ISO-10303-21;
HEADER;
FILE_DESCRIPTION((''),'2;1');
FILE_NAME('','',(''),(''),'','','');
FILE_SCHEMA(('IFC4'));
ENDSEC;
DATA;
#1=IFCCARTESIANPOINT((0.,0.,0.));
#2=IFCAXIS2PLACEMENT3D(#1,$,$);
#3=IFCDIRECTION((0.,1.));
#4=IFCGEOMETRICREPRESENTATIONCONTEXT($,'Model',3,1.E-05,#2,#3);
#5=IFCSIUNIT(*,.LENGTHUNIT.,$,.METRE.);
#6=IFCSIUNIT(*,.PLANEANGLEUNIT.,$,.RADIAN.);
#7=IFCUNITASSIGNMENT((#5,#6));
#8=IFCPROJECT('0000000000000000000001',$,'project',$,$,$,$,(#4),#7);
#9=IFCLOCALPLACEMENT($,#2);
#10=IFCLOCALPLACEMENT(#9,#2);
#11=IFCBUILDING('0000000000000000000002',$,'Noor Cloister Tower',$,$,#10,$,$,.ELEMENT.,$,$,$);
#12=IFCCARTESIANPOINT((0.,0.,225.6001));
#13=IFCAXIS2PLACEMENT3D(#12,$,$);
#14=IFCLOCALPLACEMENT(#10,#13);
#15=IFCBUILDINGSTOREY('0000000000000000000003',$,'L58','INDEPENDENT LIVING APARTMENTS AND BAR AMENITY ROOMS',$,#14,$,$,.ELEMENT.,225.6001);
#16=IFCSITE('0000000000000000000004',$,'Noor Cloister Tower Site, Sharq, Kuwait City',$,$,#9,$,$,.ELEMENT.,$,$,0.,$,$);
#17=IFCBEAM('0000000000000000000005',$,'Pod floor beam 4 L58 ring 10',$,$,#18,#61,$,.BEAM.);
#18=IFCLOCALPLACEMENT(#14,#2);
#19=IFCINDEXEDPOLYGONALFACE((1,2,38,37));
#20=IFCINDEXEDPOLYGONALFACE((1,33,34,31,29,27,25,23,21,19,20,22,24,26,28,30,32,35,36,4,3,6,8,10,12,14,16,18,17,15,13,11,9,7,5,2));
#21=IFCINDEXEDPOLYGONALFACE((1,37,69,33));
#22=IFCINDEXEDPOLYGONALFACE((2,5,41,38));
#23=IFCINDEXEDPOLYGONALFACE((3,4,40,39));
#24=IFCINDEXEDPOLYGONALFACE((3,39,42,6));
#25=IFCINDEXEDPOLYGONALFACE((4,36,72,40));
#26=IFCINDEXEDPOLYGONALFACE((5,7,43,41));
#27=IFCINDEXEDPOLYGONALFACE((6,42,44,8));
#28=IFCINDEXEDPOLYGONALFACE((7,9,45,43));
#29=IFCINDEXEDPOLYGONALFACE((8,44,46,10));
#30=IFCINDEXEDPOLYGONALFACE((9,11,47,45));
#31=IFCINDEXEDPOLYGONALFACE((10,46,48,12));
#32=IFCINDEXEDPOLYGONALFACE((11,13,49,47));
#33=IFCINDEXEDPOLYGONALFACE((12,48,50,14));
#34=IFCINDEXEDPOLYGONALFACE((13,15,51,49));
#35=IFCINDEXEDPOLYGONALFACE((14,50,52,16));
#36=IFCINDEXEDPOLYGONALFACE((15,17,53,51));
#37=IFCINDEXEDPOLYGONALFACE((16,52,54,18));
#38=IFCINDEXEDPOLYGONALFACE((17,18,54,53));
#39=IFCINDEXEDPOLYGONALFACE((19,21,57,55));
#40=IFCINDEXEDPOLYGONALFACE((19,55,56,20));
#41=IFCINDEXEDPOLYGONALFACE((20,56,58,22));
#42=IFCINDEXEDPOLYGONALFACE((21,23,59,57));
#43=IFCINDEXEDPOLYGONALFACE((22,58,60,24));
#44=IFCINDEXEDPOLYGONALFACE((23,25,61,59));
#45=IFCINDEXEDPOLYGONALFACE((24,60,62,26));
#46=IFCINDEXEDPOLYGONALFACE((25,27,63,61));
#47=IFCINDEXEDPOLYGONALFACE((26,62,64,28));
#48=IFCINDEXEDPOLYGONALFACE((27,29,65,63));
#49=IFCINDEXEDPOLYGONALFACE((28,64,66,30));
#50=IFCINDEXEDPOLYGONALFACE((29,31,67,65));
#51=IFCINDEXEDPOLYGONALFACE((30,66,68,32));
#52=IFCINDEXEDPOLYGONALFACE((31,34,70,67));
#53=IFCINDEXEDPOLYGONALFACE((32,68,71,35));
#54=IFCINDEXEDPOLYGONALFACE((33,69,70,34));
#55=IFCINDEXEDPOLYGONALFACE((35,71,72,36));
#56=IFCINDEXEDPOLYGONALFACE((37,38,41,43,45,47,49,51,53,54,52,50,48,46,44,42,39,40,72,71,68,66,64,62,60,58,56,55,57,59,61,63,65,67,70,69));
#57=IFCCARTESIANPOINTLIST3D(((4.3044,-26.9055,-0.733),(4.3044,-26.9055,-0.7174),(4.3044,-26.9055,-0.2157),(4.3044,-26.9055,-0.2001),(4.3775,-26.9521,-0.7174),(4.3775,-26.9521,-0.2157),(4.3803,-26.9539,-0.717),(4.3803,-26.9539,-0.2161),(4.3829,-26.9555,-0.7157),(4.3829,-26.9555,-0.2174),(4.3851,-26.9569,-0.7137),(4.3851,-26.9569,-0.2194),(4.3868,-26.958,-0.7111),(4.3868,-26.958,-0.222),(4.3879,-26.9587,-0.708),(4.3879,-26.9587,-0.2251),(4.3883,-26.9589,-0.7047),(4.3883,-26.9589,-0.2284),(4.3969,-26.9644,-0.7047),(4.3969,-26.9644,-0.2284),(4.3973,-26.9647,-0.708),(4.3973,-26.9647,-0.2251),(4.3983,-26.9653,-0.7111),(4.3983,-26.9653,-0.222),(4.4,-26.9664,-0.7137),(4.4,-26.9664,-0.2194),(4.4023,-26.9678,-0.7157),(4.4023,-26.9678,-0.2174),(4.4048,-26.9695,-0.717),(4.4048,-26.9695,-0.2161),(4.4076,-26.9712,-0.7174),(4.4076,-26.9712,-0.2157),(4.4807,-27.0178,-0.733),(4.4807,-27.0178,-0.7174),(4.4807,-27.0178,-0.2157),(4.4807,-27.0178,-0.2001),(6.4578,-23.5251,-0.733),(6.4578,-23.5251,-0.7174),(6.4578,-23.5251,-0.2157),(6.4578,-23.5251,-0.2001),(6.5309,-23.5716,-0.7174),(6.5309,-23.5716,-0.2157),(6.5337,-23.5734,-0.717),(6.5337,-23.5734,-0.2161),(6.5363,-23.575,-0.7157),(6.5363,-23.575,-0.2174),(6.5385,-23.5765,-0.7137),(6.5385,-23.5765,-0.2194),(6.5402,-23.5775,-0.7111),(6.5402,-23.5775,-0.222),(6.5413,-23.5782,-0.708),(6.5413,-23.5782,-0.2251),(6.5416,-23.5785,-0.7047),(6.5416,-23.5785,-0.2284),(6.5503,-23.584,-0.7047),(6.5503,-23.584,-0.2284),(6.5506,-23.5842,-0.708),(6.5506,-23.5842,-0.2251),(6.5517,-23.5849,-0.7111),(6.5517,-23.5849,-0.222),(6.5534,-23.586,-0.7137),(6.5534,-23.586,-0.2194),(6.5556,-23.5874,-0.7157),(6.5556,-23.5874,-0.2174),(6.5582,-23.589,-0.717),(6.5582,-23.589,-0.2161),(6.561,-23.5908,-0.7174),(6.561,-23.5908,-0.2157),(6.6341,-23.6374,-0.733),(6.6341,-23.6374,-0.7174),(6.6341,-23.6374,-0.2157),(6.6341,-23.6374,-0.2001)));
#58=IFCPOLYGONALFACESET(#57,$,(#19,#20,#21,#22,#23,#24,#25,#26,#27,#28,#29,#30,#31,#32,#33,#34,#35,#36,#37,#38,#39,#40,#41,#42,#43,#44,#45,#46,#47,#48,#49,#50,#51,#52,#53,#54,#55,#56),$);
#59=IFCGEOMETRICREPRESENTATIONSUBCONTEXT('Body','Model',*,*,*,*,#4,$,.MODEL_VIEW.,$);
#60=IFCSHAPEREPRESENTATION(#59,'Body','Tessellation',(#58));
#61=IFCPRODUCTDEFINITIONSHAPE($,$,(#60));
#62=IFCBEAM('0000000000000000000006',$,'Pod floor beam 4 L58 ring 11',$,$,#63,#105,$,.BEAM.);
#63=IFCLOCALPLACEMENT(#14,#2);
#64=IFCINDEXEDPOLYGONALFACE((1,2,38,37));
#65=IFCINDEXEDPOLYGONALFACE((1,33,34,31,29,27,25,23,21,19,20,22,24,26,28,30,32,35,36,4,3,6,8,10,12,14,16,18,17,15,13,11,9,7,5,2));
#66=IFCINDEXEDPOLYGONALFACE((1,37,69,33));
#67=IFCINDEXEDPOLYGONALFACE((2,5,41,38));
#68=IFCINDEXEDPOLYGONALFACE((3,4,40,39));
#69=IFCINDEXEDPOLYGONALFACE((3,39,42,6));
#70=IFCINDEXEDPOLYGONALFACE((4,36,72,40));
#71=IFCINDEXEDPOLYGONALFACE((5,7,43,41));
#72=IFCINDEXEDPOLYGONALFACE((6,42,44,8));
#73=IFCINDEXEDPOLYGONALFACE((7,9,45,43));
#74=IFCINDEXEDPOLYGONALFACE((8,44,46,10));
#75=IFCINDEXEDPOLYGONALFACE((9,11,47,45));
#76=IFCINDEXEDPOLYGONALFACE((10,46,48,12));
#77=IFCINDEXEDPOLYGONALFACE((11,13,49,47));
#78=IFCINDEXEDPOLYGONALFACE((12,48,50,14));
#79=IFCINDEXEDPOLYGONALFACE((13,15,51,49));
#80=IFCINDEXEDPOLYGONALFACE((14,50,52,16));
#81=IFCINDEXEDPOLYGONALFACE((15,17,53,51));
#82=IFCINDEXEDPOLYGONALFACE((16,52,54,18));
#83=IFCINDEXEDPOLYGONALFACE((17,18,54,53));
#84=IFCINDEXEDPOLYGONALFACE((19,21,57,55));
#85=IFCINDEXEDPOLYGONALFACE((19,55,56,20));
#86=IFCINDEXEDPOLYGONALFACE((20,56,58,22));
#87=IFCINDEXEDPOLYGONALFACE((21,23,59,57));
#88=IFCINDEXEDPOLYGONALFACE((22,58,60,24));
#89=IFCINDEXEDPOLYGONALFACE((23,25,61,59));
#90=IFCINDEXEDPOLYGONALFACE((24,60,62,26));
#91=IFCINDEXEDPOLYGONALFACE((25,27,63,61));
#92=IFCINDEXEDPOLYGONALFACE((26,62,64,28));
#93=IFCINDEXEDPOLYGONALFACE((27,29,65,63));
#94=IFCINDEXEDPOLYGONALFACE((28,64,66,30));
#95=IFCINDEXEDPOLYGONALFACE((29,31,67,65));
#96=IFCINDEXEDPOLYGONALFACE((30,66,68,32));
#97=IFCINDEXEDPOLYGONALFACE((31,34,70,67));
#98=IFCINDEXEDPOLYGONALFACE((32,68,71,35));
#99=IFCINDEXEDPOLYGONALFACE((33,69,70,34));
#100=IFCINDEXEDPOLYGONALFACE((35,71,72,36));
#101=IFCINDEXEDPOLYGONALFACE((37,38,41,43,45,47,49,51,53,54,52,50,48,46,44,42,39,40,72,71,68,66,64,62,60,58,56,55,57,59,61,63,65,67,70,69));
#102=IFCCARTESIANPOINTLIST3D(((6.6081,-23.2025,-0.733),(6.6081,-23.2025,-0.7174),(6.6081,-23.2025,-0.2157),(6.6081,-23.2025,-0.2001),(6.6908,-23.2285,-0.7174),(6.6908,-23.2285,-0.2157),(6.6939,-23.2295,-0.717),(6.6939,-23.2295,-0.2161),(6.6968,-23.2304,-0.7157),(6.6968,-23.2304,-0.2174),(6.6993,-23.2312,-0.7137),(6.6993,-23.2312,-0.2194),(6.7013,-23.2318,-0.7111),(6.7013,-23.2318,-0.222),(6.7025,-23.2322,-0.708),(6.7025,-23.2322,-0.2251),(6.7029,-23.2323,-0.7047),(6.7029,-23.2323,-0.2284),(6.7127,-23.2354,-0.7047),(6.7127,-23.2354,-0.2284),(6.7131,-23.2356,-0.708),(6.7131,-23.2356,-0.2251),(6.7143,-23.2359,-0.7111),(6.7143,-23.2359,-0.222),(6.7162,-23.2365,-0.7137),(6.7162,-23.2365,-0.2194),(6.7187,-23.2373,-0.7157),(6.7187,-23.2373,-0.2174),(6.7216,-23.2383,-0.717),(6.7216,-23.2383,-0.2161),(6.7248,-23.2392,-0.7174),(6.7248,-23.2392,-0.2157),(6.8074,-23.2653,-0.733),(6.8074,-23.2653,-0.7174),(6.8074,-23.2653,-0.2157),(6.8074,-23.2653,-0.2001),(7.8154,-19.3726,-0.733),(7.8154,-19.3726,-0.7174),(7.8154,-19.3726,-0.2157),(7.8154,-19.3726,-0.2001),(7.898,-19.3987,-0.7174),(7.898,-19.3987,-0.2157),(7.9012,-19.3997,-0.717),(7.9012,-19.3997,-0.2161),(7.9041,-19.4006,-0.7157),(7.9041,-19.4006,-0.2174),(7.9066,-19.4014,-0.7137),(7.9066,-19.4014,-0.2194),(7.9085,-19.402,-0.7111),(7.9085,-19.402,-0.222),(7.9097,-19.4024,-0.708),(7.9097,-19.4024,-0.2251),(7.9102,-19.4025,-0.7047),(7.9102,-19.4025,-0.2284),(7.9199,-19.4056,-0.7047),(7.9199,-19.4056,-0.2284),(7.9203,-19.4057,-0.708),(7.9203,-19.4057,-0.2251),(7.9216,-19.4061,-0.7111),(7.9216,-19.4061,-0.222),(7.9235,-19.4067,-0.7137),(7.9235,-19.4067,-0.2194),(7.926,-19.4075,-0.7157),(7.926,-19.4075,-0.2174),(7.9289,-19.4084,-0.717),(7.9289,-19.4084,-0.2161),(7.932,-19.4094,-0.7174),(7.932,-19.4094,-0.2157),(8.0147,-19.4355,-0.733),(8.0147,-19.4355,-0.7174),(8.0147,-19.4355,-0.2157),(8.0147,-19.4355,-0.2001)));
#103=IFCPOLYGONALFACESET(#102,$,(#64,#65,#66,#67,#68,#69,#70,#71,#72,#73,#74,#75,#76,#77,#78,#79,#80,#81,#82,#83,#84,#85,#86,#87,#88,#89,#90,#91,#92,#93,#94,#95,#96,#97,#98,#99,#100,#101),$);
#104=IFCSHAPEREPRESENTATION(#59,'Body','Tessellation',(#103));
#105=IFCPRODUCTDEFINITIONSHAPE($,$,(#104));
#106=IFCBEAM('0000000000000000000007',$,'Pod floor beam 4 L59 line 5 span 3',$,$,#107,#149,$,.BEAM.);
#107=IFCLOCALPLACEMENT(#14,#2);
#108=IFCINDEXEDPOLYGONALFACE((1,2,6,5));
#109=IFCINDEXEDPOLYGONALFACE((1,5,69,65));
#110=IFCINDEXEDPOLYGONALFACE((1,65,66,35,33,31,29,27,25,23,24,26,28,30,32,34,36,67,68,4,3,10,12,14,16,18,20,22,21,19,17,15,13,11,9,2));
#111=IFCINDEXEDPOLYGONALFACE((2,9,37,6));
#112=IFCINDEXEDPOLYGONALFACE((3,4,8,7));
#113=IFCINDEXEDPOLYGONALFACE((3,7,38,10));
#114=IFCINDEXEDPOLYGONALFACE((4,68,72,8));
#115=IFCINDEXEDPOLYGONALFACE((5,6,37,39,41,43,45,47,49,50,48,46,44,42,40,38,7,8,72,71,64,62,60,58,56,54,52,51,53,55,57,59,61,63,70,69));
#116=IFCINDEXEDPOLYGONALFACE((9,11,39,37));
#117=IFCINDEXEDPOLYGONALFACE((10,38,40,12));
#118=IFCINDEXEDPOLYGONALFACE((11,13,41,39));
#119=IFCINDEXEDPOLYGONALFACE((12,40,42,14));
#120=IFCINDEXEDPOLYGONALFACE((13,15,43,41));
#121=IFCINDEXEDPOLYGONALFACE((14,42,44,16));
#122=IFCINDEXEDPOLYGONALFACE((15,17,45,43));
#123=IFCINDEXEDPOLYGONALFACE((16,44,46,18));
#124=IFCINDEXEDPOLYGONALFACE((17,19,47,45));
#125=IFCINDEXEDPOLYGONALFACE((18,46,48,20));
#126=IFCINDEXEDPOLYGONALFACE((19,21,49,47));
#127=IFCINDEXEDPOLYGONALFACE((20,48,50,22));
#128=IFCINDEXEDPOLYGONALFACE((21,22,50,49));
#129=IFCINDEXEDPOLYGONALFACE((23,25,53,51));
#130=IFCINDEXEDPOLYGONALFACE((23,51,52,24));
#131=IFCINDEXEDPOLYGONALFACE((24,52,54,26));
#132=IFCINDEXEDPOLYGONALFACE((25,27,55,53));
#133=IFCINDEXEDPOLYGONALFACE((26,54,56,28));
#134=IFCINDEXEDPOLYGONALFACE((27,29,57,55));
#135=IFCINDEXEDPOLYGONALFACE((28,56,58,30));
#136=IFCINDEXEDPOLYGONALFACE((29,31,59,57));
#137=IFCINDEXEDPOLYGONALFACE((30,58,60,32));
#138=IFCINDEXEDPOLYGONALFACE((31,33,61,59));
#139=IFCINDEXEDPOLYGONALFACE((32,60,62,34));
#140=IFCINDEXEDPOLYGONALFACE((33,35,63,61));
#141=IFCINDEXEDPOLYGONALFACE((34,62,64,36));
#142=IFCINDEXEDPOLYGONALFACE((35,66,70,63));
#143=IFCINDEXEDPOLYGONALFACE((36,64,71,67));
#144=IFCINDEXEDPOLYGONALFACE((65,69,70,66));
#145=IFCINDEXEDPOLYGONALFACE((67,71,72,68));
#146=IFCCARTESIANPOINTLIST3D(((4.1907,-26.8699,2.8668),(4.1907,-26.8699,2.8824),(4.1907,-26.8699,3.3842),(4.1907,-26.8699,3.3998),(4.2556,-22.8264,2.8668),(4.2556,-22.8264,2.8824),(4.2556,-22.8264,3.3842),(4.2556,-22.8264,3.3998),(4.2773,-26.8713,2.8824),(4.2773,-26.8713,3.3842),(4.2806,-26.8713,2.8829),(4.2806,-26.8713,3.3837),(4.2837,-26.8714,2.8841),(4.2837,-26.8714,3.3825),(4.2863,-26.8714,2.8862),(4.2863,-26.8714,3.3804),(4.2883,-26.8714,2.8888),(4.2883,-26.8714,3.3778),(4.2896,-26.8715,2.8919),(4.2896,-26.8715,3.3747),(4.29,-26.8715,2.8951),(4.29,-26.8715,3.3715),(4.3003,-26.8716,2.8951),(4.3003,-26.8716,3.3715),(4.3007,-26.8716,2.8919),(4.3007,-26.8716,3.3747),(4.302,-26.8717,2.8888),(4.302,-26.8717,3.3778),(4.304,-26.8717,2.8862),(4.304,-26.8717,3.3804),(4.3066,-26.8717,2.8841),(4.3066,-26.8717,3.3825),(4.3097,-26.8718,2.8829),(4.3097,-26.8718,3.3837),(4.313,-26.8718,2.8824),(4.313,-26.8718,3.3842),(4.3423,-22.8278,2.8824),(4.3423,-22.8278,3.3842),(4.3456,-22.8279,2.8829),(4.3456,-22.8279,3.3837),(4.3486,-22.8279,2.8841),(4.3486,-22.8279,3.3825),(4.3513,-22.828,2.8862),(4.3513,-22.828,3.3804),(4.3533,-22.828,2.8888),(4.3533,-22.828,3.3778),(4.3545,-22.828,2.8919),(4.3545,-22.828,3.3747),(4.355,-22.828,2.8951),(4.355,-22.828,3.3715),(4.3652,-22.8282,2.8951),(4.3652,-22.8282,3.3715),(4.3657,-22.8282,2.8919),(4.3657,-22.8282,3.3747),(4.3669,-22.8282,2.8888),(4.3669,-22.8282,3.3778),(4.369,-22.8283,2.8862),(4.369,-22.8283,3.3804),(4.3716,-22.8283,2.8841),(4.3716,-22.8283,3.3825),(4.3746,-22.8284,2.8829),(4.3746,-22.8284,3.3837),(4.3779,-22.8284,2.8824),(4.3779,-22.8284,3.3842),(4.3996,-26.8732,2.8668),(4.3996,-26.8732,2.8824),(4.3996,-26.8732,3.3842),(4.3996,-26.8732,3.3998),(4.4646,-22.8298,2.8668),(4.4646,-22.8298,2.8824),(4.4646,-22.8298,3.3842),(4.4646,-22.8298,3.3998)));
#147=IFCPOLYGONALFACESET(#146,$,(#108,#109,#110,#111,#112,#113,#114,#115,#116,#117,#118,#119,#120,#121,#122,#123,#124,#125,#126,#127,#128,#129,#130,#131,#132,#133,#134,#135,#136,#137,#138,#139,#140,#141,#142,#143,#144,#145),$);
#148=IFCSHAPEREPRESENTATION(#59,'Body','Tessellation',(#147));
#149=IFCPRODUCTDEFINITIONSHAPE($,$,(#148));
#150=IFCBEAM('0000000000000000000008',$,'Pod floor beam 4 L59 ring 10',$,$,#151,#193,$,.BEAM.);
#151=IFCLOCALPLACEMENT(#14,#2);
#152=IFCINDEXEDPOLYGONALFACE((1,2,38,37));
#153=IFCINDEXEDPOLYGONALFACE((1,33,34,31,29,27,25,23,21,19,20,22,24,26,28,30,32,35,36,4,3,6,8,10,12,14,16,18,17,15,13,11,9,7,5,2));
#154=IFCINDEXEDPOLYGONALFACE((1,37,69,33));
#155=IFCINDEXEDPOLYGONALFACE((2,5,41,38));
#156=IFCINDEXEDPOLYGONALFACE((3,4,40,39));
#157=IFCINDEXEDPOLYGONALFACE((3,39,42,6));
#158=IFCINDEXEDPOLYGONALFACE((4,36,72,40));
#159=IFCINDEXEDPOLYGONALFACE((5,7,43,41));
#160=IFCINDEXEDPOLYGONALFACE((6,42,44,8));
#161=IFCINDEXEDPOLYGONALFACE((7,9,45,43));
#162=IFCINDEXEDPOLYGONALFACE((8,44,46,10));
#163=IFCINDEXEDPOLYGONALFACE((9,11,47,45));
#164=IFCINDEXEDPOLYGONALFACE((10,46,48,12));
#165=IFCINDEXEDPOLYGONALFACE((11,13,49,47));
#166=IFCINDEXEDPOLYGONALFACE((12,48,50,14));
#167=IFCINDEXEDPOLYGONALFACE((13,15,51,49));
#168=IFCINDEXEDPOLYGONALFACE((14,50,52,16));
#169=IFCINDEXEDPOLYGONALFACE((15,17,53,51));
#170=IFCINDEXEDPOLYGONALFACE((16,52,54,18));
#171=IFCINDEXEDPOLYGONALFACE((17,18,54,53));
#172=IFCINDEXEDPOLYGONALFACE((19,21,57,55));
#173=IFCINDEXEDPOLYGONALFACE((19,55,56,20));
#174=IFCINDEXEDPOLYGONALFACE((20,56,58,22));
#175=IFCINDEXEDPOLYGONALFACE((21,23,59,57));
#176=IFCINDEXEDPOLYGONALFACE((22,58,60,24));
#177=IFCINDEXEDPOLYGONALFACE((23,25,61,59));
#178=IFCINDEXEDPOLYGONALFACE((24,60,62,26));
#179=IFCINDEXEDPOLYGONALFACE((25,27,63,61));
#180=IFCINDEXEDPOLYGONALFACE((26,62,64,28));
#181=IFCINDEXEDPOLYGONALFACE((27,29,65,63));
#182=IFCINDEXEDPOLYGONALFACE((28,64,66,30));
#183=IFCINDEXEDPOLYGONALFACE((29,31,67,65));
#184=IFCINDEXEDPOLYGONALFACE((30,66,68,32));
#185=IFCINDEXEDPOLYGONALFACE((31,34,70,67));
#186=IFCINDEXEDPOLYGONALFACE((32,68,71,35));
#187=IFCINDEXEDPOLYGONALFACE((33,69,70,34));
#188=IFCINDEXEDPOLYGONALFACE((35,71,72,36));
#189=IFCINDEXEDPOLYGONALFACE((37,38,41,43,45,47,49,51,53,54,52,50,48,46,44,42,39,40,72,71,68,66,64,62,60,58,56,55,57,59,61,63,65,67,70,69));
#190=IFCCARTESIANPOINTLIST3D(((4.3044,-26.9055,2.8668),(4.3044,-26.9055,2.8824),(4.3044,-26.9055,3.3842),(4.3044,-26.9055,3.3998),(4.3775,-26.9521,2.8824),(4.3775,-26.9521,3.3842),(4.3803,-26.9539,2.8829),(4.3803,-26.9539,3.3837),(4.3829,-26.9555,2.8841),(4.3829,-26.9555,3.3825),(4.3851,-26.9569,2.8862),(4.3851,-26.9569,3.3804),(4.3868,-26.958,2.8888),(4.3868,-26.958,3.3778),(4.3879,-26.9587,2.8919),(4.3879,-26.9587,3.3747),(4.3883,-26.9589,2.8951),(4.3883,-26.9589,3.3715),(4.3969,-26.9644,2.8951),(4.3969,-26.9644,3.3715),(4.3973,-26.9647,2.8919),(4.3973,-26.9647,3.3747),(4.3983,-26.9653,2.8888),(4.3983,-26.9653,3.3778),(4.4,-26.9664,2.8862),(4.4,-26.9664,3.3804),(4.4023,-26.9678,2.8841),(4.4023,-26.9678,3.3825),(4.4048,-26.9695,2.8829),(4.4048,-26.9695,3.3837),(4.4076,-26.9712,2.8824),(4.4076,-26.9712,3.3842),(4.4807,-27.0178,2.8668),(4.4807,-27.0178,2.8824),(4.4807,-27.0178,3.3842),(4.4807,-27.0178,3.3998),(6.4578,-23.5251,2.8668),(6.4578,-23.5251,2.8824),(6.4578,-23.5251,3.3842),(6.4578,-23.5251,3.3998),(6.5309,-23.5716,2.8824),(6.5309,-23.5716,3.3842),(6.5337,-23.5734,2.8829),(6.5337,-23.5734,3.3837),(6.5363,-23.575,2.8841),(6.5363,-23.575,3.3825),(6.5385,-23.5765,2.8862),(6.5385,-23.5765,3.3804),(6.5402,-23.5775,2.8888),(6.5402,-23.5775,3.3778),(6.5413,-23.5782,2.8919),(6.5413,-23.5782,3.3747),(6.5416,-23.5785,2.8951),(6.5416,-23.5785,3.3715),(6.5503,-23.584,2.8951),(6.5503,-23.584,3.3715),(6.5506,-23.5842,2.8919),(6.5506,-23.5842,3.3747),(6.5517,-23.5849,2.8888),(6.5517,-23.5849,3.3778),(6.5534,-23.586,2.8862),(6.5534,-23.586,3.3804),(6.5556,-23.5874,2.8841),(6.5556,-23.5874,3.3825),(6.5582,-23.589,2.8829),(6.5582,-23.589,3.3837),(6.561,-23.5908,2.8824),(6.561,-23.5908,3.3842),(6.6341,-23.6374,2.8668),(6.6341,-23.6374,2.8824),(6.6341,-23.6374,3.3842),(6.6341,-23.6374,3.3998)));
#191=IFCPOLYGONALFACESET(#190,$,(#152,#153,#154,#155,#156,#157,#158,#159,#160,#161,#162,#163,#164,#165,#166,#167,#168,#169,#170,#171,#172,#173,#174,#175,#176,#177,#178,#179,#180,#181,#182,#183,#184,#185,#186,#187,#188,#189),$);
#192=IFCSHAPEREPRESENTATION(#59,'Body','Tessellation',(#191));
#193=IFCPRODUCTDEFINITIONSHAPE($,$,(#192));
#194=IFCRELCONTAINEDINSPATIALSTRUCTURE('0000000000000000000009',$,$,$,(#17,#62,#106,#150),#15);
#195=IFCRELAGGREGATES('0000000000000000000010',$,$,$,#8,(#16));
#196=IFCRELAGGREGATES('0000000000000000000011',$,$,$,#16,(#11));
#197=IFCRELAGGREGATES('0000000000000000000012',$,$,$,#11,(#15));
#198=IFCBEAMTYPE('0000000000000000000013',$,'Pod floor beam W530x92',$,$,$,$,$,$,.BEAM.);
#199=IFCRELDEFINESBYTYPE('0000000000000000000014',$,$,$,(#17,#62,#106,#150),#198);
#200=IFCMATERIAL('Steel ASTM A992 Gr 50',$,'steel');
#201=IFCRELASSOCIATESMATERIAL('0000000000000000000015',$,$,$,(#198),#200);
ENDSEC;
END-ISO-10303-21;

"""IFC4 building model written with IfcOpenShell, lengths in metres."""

from ifc_helpers import new_model, si_unit, direction, frame, origin, origin_2d, place, context, subcontext, project, spatial, i_section, extrude, material, material_profile, profile_set, type_object, element, save


model = new_model("IFC4")

# Units and contexts
model_context = context("Model", 3, precision=1e-05, world=origin(), true_north=direction((0.0, 1.0)))
body_context = subcontext(model_context, "Body", "Model", "MODEL_VIEW")
ifc_project = project(units=[si_unit("LENGTHUNIT", "METRE"), si_unit("PLANEANGLEUNIT", "RADIAN")], contexts=[model_context])

# Site, building, storey
site_placement = place(None, origin())
site = spatial("IfcSite", under=ifc_project, at=site_placement, Name="Noor Cloister Tower Site, Sharq, Kuwait City", CompositionType="ELEMENT", RefElevation=0.0)
building_placement = place(site_placement, origin())
building = spatial("IfcBuilding", under=site, at=building_placement, Name="Noor Cloister Tower", CompositionType="ELEMENT")
storey_placement = place(building_placement, frame((0.0, 0.0, 225.6001)))
storey = spatial("IfcBuildingStorey", under=building, at=storey_placement, Name="L58", Description="INDEPENDENT LIVING APARTMENTS AND BAR AMENITY ROOMS", CompositionType="ELEMENT", Elevation=225.6001)

# Beams
ifc_material_1 = material(Name="Steel ASTM A992 Gr 50", Category="steel")
ifc_material_profile_1 = material_profile(ifc_material_1, i_section(OverallWidth=0.209, OverallDepth=0.533, WebThickness=0.0103, FlangeThickness=0.0156, FilletRadius=0.0127, at=origin_2d()), Name="W530x92")
ifc_profile_set_1 = profile_set([ifc_material_profile_1], Name="Steel ASTM A992 Gr 50")
beam_type = type_object("IfcBeamType", Name="Pod floor beam W530x92", PredefinedType="BEAM", material=ifc_profile_set_1)
beam_1_placement = place(storey_placement, frame((4.3926, -26.9617, -0.4666), z_axis=(0.537262, 0.843416, 0.0), x_axis=(-0.843416, 0.537262, 0.0)))
element("IfcBeam", 1, at=beam_1_placement, inside=storey, type_object=beam_type, Name="Pod floor beam 4 L58 ring 10", PredefinedType="BEAM", context=body_context, shape_type="SweptSolid", body=[
    extrude(i_section(OverallWidth=0.209, OverallDepth=0.533, WebThickness=0.0103, FlangeThickness=0.0156, FilletRadius=0.0127, at=origin_2d()), origin(), (0.0, 0.0, 1.0), 4.0081),
])
beam_2_placement = place(storey_placement, frame((6.7078, -23.2339, -0.4666), z_axis=(0.300645, 0.953736, 0.0), x_axis=(-0.953736, 0.300645, 0.0)))
element("IfcBeam", 2, at=beam_2_placement, inside=storey, type_object=beam_type, Name="Pod floor beam 4 L58 ring 11", PredefinedType="BEAM", context=body_context, shape_type="SweptSolid", body=[
    extrude(i_section(OverallWidth=0.209, OverallDepth=0.533, WebThickness=0.0103, FlangeThickness=0.0156, FilletRadius=0.0127, at=origin_2d()), origin(), (0.0, 0.0, 1.0), 4.0156),
])
beam_3_placement = place(storey_placement, frame((4.3601, -22.8281, 3.1333), z_axis=(-0.016059, -0.999871, 0.0), x_axis=(0.999871, -0.016059, 0.0)))
element("IfcBeam", 3, at=beam_3_placement, inside=storey, type_object=beam_type, Name="Pod floor beam 4 L59 line 5 span 3", PredefinedType="BEAM", context=body_context, shape_type="SweptSolid", body=[
    extrude(i_section(OverallWidth=0.209, OverallDepth=0.533, WebThickness=0.0103, FlangeThickness=0.0156, FilletRadius=0.0127, at=origin_2d()), origin(), (0.0, 0.0, 1.0), 4.0439),
])
beam_4_placement = place(storey_placement, frame((4.3926, -26.9617, 3.1333), z_axis=(0.537262, 0.843416, 0.0), x_axis=(-0.843416, 0.537262, 0.0)))
element("IfcBeam", 4, at=beam_4_placement, inside=storey, type_object=beam_type, Name="Pod floor beam 4 L59 ring 10", PredefinedType="BEAM", context=body_context, shape_type="SweptSolid", body=[
    extrude(i_section(OverallWidth=0.209, OverallDepth=0.533, WebThickness=0.0103, FlangeThickness=0.0156, FilletRadius=0.0127, at=origin_2d()), origin(), (0.0, 0.0, 1.0), 4.0081),
])

save(model, "model.ifc")
